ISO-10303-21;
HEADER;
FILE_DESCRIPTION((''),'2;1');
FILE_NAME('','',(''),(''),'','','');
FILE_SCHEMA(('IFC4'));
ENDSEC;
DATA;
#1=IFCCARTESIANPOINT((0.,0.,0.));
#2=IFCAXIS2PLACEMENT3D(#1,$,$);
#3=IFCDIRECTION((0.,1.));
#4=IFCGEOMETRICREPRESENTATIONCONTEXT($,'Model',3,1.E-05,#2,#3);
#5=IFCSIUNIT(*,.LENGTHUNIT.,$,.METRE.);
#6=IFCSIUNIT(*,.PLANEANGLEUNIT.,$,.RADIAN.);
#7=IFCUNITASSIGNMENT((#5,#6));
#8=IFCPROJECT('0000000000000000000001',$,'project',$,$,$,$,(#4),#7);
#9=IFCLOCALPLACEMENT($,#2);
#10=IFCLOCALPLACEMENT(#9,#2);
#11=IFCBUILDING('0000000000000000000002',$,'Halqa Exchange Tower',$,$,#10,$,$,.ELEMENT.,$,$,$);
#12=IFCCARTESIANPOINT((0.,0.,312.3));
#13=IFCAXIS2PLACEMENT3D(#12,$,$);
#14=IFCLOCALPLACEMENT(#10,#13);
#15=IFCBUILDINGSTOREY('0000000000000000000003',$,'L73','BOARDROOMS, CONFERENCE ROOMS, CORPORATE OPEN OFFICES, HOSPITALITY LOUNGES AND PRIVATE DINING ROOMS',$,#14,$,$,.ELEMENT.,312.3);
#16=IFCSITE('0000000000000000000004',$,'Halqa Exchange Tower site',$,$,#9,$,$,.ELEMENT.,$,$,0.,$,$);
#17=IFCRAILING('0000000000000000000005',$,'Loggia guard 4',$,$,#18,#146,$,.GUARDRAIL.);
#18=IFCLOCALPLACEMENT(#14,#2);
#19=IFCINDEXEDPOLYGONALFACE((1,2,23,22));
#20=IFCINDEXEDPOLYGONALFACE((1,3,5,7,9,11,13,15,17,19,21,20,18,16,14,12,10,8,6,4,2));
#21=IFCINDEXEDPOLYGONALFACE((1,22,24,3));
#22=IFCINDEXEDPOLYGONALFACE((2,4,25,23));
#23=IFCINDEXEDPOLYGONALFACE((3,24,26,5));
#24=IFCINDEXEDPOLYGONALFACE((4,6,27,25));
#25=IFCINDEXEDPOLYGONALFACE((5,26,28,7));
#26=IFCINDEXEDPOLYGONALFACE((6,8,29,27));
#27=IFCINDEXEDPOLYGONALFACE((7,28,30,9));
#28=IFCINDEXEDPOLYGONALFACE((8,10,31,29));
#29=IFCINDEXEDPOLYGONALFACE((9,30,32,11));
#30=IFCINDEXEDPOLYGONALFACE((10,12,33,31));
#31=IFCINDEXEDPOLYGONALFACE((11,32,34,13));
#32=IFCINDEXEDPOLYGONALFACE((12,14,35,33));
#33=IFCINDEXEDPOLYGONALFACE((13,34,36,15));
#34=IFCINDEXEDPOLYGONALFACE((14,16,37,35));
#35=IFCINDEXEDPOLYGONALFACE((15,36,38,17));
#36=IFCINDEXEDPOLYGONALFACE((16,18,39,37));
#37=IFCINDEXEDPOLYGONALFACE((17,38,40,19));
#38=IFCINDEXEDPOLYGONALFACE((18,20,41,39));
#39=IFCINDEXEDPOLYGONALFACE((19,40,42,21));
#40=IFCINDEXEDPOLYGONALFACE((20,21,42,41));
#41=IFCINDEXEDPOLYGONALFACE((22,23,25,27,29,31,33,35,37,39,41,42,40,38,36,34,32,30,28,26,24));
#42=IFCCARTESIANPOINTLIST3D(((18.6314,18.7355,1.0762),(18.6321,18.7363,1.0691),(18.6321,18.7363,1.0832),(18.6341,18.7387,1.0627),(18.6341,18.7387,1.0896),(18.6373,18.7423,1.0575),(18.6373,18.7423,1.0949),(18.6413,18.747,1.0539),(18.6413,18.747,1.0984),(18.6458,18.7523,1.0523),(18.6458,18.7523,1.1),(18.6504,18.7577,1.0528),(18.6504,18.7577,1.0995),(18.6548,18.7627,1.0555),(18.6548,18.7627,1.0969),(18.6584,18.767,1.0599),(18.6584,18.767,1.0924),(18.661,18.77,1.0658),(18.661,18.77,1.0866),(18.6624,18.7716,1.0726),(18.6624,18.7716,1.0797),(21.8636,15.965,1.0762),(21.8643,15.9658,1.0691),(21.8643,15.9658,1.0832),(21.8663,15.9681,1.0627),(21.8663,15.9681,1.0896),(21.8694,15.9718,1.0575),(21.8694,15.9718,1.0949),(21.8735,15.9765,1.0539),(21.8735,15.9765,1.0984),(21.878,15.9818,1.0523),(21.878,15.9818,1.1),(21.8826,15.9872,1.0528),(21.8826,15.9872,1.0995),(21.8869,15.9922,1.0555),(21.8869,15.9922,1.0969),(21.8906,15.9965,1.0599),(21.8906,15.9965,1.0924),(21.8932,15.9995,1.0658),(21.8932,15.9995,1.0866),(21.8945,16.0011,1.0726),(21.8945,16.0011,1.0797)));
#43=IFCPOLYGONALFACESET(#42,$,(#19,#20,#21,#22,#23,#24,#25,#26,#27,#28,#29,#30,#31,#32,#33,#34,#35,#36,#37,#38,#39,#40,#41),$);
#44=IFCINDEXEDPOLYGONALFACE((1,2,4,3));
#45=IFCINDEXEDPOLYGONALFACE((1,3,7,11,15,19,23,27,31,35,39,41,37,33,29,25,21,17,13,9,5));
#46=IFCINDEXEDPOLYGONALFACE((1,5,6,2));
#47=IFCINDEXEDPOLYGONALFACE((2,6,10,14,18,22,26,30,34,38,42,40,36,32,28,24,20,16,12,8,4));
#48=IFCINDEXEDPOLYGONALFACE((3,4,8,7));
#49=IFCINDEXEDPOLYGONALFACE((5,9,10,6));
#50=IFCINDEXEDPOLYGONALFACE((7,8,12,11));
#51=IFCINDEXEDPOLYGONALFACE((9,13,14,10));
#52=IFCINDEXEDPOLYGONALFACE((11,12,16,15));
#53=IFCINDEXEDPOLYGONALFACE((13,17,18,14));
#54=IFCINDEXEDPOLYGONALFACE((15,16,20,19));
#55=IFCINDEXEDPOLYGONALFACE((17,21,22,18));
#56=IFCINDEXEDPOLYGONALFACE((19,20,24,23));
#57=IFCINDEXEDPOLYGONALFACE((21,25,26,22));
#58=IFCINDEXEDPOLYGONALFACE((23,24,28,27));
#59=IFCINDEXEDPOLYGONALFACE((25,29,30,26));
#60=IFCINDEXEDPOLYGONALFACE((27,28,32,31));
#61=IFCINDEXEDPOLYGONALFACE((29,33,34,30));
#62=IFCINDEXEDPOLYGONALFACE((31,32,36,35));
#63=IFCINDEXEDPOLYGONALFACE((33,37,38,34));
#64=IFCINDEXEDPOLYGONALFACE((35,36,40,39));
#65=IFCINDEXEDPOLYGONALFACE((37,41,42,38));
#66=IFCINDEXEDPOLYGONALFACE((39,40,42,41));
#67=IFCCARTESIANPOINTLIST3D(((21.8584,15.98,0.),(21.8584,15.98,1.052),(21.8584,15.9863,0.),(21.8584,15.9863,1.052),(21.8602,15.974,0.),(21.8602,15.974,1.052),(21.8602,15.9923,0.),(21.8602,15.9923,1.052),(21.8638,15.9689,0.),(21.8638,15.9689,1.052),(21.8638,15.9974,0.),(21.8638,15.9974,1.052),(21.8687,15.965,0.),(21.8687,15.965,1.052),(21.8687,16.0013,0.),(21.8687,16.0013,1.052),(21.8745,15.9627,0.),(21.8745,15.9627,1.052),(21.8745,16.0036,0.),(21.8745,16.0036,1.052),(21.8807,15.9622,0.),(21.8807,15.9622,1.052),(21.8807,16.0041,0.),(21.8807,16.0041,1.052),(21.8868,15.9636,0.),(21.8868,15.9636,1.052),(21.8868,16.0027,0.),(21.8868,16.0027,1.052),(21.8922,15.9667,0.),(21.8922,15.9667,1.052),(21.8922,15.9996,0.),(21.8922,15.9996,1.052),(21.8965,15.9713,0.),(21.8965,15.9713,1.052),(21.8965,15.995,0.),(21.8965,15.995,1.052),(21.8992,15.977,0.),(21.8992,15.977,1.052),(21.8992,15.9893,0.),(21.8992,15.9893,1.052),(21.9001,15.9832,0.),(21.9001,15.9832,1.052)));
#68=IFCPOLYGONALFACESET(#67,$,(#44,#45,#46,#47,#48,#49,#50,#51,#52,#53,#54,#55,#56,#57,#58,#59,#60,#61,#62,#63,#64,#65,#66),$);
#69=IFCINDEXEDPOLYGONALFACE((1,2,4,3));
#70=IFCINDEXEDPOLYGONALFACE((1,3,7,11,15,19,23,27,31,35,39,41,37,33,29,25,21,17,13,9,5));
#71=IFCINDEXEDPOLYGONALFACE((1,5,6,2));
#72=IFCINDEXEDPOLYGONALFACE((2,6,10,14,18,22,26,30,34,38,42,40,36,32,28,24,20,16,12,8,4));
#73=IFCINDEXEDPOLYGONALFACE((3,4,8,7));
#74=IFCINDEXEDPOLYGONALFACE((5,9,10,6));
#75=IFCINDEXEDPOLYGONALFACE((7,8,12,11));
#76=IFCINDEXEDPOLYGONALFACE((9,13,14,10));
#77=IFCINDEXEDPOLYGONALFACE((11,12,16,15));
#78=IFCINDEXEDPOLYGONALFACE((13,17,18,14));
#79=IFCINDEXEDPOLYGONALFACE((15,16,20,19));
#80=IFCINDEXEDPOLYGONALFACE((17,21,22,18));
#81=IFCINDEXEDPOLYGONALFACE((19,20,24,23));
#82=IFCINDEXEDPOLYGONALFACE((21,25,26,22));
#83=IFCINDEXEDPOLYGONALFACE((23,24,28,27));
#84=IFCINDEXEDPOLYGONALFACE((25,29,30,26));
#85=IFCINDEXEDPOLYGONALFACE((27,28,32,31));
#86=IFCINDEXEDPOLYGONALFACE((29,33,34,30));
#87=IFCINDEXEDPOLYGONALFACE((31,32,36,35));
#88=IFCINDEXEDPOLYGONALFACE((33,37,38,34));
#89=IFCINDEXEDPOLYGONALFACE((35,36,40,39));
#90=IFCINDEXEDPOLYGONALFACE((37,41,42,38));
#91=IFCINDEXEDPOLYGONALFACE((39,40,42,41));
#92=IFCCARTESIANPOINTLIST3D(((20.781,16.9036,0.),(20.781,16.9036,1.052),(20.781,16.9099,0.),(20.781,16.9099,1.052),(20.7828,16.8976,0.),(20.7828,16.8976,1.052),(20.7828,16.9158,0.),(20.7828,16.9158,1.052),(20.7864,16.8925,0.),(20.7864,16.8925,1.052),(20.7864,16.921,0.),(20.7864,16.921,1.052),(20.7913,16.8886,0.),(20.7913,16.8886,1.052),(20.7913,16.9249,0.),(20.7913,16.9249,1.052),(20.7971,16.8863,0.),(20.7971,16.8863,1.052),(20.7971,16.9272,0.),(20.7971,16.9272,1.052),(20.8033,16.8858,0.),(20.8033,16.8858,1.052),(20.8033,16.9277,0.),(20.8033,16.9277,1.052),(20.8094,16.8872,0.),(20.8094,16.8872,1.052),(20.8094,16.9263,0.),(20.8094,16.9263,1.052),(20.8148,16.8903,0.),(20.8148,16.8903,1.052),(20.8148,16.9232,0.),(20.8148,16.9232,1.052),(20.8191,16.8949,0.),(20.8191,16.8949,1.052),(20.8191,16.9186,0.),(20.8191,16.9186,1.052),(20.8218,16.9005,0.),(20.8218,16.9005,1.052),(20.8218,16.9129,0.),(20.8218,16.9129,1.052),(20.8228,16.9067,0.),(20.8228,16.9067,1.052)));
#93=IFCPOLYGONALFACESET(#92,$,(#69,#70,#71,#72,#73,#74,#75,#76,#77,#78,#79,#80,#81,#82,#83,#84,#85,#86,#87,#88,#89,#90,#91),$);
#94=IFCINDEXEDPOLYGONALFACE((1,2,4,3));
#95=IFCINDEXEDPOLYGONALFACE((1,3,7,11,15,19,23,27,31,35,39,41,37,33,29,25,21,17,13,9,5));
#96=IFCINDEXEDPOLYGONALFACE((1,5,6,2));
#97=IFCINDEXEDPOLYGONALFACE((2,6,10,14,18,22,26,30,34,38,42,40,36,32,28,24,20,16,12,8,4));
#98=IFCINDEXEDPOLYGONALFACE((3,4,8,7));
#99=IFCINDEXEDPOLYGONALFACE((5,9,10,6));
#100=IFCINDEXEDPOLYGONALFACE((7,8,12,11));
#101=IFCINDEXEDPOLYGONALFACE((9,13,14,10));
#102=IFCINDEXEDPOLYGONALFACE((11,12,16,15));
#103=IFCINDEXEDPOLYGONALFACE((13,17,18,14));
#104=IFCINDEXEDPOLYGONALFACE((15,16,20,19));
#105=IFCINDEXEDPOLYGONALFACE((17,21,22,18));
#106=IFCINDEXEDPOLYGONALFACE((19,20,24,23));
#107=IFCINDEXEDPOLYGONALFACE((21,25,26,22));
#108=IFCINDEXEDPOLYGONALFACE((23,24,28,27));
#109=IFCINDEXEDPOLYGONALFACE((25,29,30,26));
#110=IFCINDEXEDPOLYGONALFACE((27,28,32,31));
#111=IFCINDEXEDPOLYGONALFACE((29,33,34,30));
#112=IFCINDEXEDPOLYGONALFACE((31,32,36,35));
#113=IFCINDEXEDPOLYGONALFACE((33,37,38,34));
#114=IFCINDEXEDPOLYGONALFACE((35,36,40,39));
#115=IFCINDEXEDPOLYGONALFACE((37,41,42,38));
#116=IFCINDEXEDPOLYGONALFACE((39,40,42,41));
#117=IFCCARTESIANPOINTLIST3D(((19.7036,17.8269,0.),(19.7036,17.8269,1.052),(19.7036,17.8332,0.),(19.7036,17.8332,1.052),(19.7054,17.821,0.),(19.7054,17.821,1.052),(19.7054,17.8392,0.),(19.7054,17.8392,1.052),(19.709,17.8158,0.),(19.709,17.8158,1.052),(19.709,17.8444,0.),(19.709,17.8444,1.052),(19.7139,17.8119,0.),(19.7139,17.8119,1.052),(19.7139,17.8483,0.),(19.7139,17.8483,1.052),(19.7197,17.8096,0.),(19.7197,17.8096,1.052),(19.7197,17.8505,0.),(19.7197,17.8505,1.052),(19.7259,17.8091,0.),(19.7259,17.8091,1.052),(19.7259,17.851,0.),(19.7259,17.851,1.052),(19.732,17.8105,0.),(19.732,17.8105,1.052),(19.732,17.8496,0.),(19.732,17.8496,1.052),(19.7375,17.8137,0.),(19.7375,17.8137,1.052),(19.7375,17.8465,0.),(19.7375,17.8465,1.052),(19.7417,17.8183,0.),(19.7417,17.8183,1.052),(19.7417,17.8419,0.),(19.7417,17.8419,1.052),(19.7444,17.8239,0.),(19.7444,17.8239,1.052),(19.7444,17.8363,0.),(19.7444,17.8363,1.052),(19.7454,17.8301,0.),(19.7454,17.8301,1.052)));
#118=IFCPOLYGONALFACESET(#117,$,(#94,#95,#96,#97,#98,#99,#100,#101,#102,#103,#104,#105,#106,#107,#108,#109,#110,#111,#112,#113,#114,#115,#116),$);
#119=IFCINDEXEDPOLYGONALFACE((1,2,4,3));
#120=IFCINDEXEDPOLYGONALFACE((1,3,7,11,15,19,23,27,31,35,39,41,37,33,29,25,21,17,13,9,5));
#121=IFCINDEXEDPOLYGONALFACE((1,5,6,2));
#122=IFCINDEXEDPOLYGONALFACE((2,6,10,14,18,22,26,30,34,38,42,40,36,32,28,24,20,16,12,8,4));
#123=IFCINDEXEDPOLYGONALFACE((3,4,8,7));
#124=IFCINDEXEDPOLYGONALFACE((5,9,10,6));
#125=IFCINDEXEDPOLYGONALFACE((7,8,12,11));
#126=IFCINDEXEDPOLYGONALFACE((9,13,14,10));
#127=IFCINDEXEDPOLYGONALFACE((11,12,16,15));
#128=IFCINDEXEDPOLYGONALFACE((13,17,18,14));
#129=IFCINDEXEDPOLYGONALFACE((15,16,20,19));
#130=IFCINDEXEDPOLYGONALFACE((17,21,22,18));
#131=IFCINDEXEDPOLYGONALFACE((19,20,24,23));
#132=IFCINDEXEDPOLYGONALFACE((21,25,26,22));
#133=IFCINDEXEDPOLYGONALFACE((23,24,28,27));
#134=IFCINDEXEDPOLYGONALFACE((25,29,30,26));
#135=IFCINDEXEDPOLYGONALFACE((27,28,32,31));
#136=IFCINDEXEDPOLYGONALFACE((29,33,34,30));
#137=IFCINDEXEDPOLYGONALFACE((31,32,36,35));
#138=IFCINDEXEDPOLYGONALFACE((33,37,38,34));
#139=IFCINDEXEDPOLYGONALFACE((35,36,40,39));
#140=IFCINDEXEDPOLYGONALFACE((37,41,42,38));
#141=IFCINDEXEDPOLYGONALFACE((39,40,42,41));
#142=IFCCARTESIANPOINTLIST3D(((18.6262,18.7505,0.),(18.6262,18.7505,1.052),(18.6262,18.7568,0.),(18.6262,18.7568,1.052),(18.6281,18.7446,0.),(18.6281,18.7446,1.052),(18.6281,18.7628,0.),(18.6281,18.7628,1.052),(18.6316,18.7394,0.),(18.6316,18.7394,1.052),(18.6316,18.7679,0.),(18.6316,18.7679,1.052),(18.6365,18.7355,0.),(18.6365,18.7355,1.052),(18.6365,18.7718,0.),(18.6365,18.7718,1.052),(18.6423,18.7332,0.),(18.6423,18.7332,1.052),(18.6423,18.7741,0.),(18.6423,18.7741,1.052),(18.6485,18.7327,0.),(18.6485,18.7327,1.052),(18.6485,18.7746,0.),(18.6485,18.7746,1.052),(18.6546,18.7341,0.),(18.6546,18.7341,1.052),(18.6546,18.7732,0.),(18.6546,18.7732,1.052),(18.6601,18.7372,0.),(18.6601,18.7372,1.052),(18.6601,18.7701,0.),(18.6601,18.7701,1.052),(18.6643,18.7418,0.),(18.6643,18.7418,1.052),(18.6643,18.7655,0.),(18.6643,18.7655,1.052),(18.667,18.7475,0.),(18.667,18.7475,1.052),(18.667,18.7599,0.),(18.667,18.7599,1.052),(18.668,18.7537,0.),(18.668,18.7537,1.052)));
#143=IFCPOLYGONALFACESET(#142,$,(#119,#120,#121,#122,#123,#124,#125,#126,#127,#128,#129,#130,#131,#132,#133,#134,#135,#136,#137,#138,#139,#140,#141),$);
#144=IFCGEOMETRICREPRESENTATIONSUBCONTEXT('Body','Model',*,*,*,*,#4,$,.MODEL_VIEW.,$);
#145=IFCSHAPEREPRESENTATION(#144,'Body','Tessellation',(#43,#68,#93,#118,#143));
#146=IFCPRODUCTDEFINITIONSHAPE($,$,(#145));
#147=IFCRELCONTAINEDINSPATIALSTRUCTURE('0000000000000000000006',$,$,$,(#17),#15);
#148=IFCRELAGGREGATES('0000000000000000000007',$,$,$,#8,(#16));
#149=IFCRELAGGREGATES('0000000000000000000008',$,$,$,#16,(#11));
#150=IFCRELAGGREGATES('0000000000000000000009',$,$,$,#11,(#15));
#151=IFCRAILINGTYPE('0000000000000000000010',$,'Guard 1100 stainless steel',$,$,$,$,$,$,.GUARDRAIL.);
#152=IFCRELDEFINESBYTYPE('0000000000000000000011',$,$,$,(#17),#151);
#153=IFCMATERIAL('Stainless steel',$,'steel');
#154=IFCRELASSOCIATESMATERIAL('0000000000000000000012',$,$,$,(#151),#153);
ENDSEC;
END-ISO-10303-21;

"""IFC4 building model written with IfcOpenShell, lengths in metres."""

from ifc_helpers import new_model, si_unit, direction, frame, origin, origin_2d, place, context, subcontext, project, spatial, circle, extrude, material, type_object, element, save


model = new_model("IFC4")

# Units and contexts
model_context = context("Model", 3, precision=1e-05, world=origin(), true_north=direction((0.0, 1.0)))
body_context = subcontext(model_context, "Body", "Model", "MODEL_VIEW")
ifc_project = project(units=[si_unit("LENGTHUNIT", "METRE"), si_unit("PLANEANGLEUNIT", "RADIAN")], contexts=[model_context])

# Site, building, storey
site_placement = place(None, origin())
site = spatial("IfcSite", under=ifc_project, at=site_placement, Name="Halqa Exchange Tower site", CompositionType="ELEMENT", RefElevation=0.0)
building_placement = place(site_placement, origin())
building = spatial("IfcBuilding", under=site, at=building_placement, Name="Halqa Exchange Tower", CompositionType="ELEMENT")
storey_placement = place(building_placement, frame((0.0, 0.0, 312.3)))
storey = spatial("IfcBuildingStorey", under=building, at=storey_placement, Name="L73", Description="BOARDROOMS, CONFERENCE ROOMS, CORPORATE OPEN OFFICES, HOSPITALITY LOUNGES AND PRIVATE DINING ROOMS", CompositionType="ELEMENT", Elevation=312.3)

# Railing
ifc_material_1 = material(Name="Stainless steel", Category="steel")
railing_type = type_object("IfcRailingType", Name="Guard 1100 stainless steel", PredefinedType="GUARDRAIL", material=ifc_material_1)
railing_1_placement = place(storey_placement, frame((21.8792, 15.9832, 0.0)))
element("IfcRailing", 1, at=railing_1_placement, inside=storey, type_object=railing_type, Name="Loggia guard 4", PredefinedType="GUARDRAIL", context=body_context, shape_type="SweptSolid", body=[
    extrude(circle(Radius=0.0239, at=origin_2d()), frame((0.0, 0.0, 1.0762), z_axis=(-0.759249, 0.650801, 0.0), x_axis=(-0.650801, -0.759249, 0.0)), (0.0, 0.0, 1.0), 4.2571),
    extrude(circle(Radius=0.021, at=origin_2d()), origin(), (0.0, 0.0, 1.0), 1.052),
    extrude(circle(Radius=0.021, at=origin_2d()), frame((-1.0774, 0.9236, 0.0)), (0.0, 0.0, 1.0), 1.052),
    extrude(circle(Radius=0.021, at=origin_2d()), frame((-2.1548, 1.8469, 0.0)), (0.0, 0.0, 1.0), 1.052),
    extrude(circle(Radius=0.021, at=origin_2d()), frame((-3.2322, 2.7705, 0.0)), (0.0, 0.0, 1.0), 1.052),
])

save(model, "model.ifc")
